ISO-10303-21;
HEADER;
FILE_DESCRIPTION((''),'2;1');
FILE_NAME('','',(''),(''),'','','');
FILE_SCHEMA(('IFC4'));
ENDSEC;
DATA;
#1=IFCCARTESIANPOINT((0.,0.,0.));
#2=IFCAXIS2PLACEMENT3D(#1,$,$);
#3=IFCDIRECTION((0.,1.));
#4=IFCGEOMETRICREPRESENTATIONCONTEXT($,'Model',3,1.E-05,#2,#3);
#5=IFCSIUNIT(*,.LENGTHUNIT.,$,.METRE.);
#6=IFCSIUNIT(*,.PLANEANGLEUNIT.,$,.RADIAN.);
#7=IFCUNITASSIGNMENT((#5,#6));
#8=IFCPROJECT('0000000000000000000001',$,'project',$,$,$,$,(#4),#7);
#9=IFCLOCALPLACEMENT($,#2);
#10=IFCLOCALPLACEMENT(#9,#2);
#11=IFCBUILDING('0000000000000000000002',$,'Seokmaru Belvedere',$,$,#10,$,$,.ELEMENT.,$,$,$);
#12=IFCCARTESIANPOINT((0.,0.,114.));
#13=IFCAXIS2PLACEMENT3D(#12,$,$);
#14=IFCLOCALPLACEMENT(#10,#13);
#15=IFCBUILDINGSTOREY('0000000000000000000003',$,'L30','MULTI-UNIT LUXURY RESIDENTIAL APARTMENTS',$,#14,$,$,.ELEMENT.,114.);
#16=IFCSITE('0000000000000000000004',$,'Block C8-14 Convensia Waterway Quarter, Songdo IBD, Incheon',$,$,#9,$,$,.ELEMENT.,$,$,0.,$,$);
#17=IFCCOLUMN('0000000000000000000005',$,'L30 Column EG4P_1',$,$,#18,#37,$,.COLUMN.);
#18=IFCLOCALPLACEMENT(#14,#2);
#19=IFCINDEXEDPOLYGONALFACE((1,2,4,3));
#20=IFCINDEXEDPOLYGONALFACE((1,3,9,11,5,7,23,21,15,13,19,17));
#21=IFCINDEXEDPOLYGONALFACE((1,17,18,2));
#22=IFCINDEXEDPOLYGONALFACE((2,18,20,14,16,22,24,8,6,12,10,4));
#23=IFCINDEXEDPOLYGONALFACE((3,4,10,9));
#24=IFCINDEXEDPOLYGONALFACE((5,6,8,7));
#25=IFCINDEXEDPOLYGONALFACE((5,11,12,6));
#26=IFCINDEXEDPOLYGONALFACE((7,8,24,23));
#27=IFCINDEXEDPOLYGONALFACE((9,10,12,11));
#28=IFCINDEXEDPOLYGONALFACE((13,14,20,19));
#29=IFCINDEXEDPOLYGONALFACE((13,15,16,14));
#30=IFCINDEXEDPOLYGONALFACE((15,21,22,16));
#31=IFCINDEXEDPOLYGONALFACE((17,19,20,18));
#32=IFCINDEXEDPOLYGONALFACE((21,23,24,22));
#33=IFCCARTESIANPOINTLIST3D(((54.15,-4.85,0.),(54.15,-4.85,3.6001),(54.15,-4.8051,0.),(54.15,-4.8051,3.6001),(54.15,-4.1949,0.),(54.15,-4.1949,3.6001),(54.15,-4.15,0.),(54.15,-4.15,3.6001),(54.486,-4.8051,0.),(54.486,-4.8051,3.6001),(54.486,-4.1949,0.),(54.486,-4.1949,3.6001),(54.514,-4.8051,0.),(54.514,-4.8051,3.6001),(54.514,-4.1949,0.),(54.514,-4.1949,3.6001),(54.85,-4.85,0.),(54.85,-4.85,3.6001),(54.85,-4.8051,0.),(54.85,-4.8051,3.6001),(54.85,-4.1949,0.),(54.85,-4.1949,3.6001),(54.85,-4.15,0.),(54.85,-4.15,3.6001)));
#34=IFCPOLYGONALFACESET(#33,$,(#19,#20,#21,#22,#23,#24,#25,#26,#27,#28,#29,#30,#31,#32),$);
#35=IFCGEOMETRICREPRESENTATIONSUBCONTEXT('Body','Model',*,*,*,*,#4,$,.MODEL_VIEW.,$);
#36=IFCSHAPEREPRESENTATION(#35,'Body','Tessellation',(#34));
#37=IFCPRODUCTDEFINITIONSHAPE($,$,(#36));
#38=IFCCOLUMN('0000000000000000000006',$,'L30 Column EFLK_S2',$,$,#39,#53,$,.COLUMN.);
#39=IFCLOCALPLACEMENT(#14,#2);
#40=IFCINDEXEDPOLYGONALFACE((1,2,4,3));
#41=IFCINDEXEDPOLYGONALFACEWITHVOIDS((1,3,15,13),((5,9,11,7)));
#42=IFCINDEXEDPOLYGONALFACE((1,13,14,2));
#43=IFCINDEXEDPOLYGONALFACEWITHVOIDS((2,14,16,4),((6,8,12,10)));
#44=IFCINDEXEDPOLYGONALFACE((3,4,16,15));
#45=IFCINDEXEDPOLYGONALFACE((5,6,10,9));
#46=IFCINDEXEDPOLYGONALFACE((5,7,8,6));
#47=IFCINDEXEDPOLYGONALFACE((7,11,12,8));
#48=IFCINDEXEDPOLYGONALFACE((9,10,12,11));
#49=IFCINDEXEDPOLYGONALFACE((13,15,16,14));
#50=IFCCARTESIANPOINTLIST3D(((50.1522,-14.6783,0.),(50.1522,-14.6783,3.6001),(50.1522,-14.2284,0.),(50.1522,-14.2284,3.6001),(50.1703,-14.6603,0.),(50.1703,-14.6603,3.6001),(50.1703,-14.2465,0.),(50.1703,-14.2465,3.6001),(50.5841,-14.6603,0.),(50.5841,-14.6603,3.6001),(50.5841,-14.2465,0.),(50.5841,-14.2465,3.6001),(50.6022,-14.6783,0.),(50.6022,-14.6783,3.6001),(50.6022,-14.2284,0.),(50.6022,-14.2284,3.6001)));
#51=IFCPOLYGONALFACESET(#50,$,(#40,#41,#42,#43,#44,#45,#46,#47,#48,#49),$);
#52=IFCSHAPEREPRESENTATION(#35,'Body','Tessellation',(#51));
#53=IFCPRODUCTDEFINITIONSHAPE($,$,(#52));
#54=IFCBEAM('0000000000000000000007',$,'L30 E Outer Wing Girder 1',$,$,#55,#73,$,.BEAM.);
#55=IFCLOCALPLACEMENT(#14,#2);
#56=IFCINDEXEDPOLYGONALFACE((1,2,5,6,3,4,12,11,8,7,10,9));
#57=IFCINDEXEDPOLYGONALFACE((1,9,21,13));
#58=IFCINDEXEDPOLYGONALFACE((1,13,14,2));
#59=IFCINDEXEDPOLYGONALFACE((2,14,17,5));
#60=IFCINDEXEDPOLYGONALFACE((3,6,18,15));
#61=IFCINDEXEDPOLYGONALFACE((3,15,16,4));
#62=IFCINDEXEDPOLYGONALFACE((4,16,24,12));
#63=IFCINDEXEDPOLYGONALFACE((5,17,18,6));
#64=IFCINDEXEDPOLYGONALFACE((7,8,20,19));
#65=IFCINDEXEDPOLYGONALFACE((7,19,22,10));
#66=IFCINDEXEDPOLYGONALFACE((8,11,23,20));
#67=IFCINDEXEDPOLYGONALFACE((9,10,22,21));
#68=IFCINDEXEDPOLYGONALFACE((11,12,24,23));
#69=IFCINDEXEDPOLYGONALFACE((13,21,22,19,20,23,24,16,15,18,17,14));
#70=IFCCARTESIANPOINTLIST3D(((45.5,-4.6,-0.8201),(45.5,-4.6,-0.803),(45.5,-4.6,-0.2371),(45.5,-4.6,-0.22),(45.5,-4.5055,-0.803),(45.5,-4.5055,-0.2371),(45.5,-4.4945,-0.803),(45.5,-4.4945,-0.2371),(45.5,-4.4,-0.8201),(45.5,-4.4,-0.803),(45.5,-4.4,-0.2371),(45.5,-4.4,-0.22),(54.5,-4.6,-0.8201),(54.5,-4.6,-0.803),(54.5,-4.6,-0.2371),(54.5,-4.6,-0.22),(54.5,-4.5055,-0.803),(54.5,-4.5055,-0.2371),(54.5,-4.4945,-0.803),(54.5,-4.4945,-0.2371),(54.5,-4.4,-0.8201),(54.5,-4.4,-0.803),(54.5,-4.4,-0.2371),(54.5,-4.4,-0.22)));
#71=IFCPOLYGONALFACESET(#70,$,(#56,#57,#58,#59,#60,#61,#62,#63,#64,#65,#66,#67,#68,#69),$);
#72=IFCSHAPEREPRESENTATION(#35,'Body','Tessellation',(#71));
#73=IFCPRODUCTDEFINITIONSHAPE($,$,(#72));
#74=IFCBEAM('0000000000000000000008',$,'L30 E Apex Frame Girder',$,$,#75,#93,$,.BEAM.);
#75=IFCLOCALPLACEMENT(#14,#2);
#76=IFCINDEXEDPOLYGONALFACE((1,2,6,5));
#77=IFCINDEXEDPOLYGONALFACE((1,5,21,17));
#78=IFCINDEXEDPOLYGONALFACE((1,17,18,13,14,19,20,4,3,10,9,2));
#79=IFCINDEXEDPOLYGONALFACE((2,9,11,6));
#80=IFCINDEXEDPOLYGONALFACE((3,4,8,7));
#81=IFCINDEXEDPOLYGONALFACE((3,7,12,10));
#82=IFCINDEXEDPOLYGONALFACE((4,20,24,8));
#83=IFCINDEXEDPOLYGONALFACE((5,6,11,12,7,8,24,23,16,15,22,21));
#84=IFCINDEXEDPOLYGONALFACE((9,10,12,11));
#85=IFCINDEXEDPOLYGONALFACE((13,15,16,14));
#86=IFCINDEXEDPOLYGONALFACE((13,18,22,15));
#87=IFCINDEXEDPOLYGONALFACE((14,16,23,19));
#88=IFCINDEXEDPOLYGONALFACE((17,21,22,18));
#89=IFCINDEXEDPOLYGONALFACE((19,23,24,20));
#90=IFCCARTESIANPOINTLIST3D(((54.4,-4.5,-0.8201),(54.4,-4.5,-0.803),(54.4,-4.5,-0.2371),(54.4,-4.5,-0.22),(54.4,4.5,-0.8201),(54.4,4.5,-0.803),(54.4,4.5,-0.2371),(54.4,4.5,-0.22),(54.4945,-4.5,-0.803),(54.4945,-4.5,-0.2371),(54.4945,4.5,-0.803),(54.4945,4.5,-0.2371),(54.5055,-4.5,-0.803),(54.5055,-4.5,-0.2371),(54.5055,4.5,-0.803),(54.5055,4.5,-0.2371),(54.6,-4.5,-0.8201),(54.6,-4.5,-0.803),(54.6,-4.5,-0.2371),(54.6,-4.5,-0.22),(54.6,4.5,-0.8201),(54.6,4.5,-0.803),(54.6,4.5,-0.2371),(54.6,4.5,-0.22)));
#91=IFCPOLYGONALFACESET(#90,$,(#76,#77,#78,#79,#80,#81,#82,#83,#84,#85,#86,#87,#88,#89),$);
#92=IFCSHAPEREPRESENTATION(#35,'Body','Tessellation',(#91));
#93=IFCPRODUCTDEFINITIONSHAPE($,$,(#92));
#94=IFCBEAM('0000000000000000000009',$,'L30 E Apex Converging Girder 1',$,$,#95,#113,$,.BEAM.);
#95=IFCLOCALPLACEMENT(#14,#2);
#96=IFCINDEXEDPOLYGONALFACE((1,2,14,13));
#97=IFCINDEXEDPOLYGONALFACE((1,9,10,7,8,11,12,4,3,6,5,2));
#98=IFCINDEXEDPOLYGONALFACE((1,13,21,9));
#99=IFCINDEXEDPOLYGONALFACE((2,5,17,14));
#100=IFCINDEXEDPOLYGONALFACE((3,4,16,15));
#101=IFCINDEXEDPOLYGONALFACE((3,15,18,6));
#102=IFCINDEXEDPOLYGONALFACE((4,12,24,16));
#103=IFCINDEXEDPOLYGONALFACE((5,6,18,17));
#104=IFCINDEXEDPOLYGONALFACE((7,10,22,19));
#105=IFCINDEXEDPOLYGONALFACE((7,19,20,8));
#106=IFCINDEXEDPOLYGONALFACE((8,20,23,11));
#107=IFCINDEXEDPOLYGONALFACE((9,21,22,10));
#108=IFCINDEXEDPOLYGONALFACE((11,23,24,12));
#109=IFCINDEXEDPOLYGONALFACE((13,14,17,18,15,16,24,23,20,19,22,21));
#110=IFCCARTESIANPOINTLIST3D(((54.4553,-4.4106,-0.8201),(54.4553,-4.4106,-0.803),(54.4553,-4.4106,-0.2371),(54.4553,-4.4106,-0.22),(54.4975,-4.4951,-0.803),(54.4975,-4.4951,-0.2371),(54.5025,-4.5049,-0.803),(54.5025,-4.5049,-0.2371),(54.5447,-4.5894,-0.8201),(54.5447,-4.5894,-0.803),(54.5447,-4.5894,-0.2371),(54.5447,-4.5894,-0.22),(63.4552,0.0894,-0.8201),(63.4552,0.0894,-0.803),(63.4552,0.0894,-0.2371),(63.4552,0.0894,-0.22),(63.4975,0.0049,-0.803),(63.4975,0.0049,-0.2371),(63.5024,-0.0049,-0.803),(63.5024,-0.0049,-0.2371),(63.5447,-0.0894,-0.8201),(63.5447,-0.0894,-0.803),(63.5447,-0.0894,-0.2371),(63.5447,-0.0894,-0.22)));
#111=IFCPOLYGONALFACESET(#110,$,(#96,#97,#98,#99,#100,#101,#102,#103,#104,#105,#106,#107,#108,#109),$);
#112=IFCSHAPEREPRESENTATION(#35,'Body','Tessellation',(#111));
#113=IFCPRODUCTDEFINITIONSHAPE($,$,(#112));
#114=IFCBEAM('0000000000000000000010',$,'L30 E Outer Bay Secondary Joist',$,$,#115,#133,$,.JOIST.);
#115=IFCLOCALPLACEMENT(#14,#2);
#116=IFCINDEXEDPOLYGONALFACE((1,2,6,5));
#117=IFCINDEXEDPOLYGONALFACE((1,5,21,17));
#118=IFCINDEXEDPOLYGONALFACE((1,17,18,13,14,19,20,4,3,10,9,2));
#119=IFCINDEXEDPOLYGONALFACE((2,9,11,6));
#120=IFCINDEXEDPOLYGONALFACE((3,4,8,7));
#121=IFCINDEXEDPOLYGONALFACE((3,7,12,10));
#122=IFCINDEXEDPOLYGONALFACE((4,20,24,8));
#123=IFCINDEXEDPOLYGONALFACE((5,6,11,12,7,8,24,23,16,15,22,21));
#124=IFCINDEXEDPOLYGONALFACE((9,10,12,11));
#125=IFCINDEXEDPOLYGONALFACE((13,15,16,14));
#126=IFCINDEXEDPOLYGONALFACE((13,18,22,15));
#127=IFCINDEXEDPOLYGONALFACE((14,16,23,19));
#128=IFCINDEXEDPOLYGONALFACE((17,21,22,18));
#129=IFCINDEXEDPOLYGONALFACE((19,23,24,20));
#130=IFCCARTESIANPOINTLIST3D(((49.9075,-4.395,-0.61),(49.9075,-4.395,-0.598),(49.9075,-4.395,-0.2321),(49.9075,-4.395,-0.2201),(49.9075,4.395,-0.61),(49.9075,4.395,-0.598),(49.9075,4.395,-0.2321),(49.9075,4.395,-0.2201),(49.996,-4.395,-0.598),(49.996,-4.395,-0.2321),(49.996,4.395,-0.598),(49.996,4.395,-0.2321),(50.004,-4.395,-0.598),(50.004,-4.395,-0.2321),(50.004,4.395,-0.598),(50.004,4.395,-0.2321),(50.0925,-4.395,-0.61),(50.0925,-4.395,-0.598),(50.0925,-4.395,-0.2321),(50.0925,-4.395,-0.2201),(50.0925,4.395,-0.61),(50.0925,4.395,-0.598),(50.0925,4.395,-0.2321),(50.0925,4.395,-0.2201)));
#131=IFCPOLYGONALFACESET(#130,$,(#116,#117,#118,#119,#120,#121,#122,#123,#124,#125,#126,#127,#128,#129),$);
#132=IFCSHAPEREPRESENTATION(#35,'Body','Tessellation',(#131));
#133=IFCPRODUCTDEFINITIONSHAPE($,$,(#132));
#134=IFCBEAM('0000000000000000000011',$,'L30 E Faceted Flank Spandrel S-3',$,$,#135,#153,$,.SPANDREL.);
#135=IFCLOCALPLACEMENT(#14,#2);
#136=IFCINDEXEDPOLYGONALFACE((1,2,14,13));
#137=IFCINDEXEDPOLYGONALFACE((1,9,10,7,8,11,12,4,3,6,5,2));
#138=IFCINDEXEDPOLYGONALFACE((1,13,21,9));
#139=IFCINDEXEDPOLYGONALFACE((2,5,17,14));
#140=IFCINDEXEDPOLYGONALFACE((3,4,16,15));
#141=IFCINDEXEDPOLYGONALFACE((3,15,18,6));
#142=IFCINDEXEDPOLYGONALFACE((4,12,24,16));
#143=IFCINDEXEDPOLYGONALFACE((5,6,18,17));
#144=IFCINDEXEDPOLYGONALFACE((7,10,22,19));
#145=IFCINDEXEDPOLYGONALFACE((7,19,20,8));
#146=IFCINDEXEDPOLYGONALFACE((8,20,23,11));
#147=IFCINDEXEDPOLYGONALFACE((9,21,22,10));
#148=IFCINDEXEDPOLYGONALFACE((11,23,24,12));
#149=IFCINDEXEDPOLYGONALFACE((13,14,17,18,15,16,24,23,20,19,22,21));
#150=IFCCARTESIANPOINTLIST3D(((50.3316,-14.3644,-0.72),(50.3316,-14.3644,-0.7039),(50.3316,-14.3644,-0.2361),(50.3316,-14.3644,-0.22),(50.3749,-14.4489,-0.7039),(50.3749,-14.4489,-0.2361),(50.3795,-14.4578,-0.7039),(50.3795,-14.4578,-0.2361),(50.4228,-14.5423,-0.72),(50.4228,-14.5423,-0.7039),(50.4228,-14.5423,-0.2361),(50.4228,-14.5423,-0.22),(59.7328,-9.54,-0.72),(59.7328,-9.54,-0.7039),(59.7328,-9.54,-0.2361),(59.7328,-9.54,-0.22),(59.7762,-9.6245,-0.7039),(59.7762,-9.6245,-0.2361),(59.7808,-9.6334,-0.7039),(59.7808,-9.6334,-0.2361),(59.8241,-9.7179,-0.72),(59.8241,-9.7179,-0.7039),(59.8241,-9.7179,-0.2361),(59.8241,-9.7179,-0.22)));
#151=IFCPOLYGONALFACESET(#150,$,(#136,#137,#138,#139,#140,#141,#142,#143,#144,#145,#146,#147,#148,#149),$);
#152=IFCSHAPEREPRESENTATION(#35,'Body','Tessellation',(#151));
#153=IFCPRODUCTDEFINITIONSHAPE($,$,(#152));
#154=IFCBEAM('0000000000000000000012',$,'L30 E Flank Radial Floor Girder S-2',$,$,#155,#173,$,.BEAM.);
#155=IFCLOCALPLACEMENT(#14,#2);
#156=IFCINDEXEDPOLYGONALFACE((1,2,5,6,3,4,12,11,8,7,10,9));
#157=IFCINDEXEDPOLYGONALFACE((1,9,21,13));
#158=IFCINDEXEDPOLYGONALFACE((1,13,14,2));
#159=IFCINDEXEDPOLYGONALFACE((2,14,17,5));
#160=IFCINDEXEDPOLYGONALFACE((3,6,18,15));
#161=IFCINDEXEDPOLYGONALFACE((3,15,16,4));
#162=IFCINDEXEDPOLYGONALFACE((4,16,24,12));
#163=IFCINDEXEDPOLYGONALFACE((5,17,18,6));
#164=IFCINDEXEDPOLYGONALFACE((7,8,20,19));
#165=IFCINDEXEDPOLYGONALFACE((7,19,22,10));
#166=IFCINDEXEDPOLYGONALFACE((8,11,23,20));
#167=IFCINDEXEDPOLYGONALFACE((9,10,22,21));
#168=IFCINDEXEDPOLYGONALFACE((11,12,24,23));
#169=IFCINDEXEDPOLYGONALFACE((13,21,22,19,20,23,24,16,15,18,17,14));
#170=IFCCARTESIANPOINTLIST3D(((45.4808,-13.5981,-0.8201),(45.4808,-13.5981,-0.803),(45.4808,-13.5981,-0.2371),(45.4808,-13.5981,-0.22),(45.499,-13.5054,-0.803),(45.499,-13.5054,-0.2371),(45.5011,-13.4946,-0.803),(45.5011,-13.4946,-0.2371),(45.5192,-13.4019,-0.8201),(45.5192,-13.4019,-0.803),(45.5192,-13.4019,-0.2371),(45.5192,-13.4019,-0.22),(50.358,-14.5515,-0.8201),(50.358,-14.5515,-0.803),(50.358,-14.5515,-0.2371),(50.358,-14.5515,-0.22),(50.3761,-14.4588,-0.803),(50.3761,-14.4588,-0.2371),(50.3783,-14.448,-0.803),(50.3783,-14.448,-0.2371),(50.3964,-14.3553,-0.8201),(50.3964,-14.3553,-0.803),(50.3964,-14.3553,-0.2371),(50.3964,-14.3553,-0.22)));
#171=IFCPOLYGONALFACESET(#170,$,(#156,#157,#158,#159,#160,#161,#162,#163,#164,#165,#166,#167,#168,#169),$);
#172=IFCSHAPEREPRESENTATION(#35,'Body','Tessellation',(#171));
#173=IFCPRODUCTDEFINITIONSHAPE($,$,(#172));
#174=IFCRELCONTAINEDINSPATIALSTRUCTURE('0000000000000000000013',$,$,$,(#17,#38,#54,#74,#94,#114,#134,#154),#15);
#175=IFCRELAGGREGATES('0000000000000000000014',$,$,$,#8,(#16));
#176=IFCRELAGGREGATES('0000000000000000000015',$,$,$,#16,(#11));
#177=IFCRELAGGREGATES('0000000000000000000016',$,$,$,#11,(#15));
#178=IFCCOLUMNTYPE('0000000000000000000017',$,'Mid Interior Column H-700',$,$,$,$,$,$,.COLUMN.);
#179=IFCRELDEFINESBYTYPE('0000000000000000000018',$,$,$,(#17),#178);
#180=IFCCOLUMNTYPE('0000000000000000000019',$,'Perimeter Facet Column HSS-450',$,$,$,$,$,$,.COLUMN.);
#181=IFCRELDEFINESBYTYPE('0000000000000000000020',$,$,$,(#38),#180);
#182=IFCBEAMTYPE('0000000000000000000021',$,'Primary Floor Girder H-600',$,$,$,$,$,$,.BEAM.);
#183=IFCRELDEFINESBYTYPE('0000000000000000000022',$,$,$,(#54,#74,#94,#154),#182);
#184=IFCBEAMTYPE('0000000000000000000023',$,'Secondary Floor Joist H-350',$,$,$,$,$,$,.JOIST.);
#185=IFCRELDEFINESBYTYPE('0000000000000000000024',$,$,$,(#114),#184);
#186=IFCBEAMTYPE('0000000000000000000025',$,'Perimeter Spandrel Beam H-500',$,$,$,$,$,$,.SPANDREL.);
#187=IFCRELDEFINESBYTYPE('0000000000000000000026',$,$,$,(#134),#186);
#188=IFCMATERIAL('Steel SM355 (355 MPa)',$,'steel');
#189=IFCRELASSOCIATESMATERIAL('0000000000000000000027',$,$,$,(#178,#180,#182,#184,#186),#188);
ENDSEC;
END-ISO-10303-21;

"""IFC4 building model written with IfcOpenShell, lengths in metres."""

from ifc_helpers import new_model, si_unit, direction, frame, origin, origin_2d, place, context, subcontext, project, spatial, hollow_rectangle, i_section, extrude, source, transform, mapped, material, material_profile, profile_set, type_object, type_shapes, element, save


model = new_model("IFC4")

# Units and contexts
model_context = context("Model", 3, precision=1e-05, world=origin(), true_north=direction((0.0, 1.0)))
body_context = subcontext(model_context, "Body", "Model", "MODEL_VIEW")
ifc_project = project(units=[si_unit("LENGTHUNIT", "METRE"), si_unit("PLANEANGLEUNIT", "RADIAN")], contexts=[model_context])

# Site, building, storey
site_placement = place(None, origin())
site = spatial("IfcSite", under=ifc_project, at=site_placement, Name="Block C8-14 Convensia Waterway Quarter, Songdo IBD, Incheon", CompositionType="ELEMENT", RefElevation=0.0)
building_placement = place(site_placement, origin())
building = spatial("IfcBuilding", under=site, at=building_placement, Name="Seokmaru Belvedere", CompositionType="ELEMENT")
storey_placement = place(building_placement, frame((0.0, 0.0, 114.0)))
storey = spatial("IfcBuildingStorey", under=building, at=storey_placement, Name="L30", Description="MULTI-UNIT LUXURY RESIDENTIAL APARTMENTS", CompositionType="ELEMENT", Elevation=114.0)

# Columns
ifc_material_1 = material(Name="Steel SM355 (355 MPa)", Category="steel")
ifc_material_profile_1 = material_profile(ifc_material_1, i_section(OverallWidth=0.7, OverallDepth=0.7, WebThickness=0.0281, FlangeThickness=0.0449, at=origin_2d()), Name="H-700x700x28x45")
ifc_profile_set_1 = profile_set([ifc_material_profile_1], Name="Steel SM355 (355 MPa)")
column_type_1 = type_object("IfcColumnType", Name="Mid Interior Column H-700", PredefinedType="COLUMN", material=ifc_profile_set_1)
shared_shape_1 = source(origin(), body_context, "Body", "SweptSolid", [
    extrude(i_section(OverallWidth=0.7, OverallDepth=0.7, WebThickness=0.0281, FlangeThickness=0.0449, at=origin_2d()), origin(), (0.0, 0.0, 1.0), 3.6001),
])
type_shapes(column_type_1, [shared_shape_1])
column_1_placement = place(storey_placement, frame((54.5, -4.5, 0.0), z_axis=(0.0, 0.0, 1.0), x_axis=(1.0, 0.0, 0.0)))
element("IfcColumn", 1, at=column_1_placement, inside=storey, type_object=column_type_1, Name="L30 Column EG4P_1", PredefinedType="COLUMN", context=body_context, shape_type="MappedRepresentation", body=[
    mapped(shared_shape_1, transform((0.0, 0.0, 0.0), scale=1.0)),
])
ifc_material_profile_2 = material_profile(ifc_material_1, hollow_rectangle(XDim=0.45, YDim=0.45, WallThickness=0.0181, at=origin_2d()), Name="HSS-450x450x18")
ifc_profile_set_2 = profile_set([ifc_material_profile_2], Name="Steel SM355 (355 MPa)")
column_type_2 = type_object("IfcColumnType", Name="Perimeter Facet Column HSS-450", PredefinedType="COLUMN", material=ifc_profile_set_2)
shared_shape_2 = source(origin(), body_context, "Body", "SweptSolid", [
    extrude(hollow_rectangle(XDim=0.45, YDim=0.45, WallThickness=0.0181, at=origin_2d()), origin(), (0.0, 0.0, 1.0), 3.6001),
])
type_shapes(column_type_2, [shared_shape_2])
column_2_placement = place(storey_placement, frame((50.3772, -14.4534, 0.0), z_axis=(0.0, 0.0, 1.0), x_axis=(1.0, 0.0, 0.0)))
element("IfcColumn", 2, at=column_2_placement, inside=storey, type_object=column_type_2, Name="L30 Column EFLK_S2", PredefinedType="COLUMN", context=body_context, shape_type="MappedRepresentation", body=[
    mapped(shared_shape_2, transform((0.0, 0.0, 0.0), scale=1.0)),
])

# Beams
ifc_material_profile_3 = material_profile(ifc_material_1, i_section(OverallWidth=0.2, OverallDepth=0.6001, WebThickness=0.011, FlangeThickness=0.0171, at=origin_2d()), Name="H-600x200x11x17")
ifc_profile_set_3 = profile_set([ifc_material_profile_3], Name="Steel SM355 (355 MPa)")
beam_type_1 = type_object("IfcBeamType", Name="Primary Floor Girder H-600", PredefinedType="BEAM", material=ifc_profile_set_3)
shared_shape_3 = source(origin(), body_context, "Body", "SweptSolid", [
    extrude(i_section(OverallWidth=0.2, OverallDepth=0.6001, WebThickness=0.011, FlangeThickness=0.0171, at=origin_2d()), origin(), (0.0, 0.0, 1.0), 9.0),
])
for number, where, z_axis, x_axis, name in (
    (3, (45.5, -4.5, -0.52), (1.0, 0.0, 0.0), (0.0, 1.0, 0.0), "L30 E Outer Wing Girder 1"),
    (4, (54.5, -4.5, -0.52), (0.0, 1.0, 0.0), (-1.0, 0.0, 0.0), "L30 E Apex Frame Girder"),
):
    element("IfcBeam", number, at=place(storey_placement, frame(where, z_axis=z_axis, x_axis=x_axis)), inside=storey, type_object=beam_type_1, Name=name, PredefinedType="BEAM", context=body_context, shape_type="MappedRepresentation", body=[
        mapped(shared_shape_3, transform((0.0, 0.0, 0.0), scale=1.0)),
    ])
shared_shape_4 = source(origin(), body_context, "Body", "SweptSolid", [
    extrude(i_section(OverallWidth=0.2, OverallDepth=0.6001, WebThickness=0.011, FlangeThickness=0.0171, at=origin_2d()), origin(), (0.0, 0.0, 1.0), 10.0623),
])
beam_1_placement = place(storey_placement, frame((54.5, -4.5, -0.52), z_axis=(0.894427, 0.447214, 0.0), x_axis=(-0.447214, 0.894427, 0.0)))
element("IfcBeam", 5, at=beam_1_placement, inside=storey, type_object=beam_type_1, Name="L30 E Apex Converging Girder 1", PredefinedType="BEAM", context=body_context, shape_type="MappedRepresentation", body=[
    mapped(shared_shape_4, transform((0.0, 0.0, 0.0), scale=1.0)),
])
ifc_material_profile_4 = material_profile(ifc_material_1, i_section(OverallWidth=0.1851, OverallDepth=0.3899, WebThickness=0.0081, FlangeThickness=0.012, at=origin_2d()), Name="H-390x185x8x12")
ifc_profile_set_4 = profile_set([ifc_material_profile_4], Name="Steel SM355 (355 MPa)")
beam_type_2 = type_object("IfcBeamType", Name="Secondary Floor Joist H-350", PredefinedType="JOIST", material=ifc_profile_set_4)
shared_shape_5 = source(origin(), body_context, "Body", "SweptSolid", [
    extrude(i_section(OverallWidth=0.1851, OverallDepth=0.3899, WebThickness=0.0081, FlangeThickness=0.012, at=origin_2d()), origin(), (0.0, 0.0, 1.0), 8.79),
])
type_shapes(beam_type_2, [shared_shape_5])
beam_2_placement = place(storey_placement, frame((50.0, -4.395, -0.415), z_axis=(0.0, 1.0, 0.0), x_axis=(-1.0, 0.0, 0.0)))
element("IfcBeam", 6, at=beam_2_placement, inside=storey, type_object=beam_type_2, Name="L30 E Outer Bay Secondary Joist", PredefinedType="JOIST", context=body_context, shape_type="MappedRepresentation", body=[
    mapped(shared_shape_5, transform((0.0, 0.0, 0.0), scale=1.0)),
])
ifc_material_profile_5 = material_profile(ifc_material_1, i_section(OverallWidth=0.2, OverallDepth=0.5, WebThickness=0.01, FlangeThickness=0.0161, at=origin_2d()), Name="H-500x200x10x16")
ifc_profile_set_5 = profile_set([ifc_material_profile_5], Name="Steel SM355 (355 MPa)")
beam_type_3 = type_object("IfcBeamType", Name="Perimeter Spandrel Beam H-500", PredefinedType="SPANDREL", material=ifc_profile_set_5)
shared_shape_6 = source(origin(), body_context, "Body", "SweptSolid", [
    extrude(i_section(OverallWidth=0.2, OverallDepth=0.5, WebThickness=0.01, FlangeThickness=0.0161, at=origin_2d()), origin(), (0.0, 0.0, 1.0), 10.5669),
])
type_shapes(beam_type_3, [shared_shape_6])
beam_3_placement = place(storey_placement, frame((50.3772, -14.4534, -0.47), z_axis=(0.889693, 0.45656, 0.0), x_axis=(-0.45656, 0.889693, 0.0)))
element("IfcBeam", 7, at=beam_3_placement, inside=storey, type_object=beam_type_3, Name="L30 E Faceted Flank Spandrel S-3", PredefinedType="SPANDREL", context=body_context, shape_type="MappedRepresentation", body=[
    mapped(shared_shape_6, transform((0.0, 0.0, 0.0), scale=1.0)),
])
shared_shape_7 = source(origin(), body_context, "Body", "SweptSolid", [
    extrude(i_section(OverallWidth=0.2, OverallDepth=0.6001, WebThickness=0.011, FlangeThickness=0.0171, at=origin_2d()), origin(), (0.0, 0.0, 1.0), 4.9695),
])
type_shapes(beam_type_1, [shared_shape_3, shared_shape_4, shared_shape_7])
beam_4_placement = place(storey_placement, frame((50.3772, -14.4534, -0.52), z_axis=(-0.981425, 0.191844, 0.0), x_axis=(-0.191844, -0.981425, 0.0)))
element("IfcBeam", 8, at=beam_4_placement, inside=storey, type_object=beam_type_1, Name="L30 E Flank Radial Floor Girder S-2", PredefinedType="BEAM", context=body_context, shape_type="MappedRepresentation", body=[
    mapped(shared_shape_7, transform((0.0, 0.0, 0.0), scale=1.0)),
])

save(model, "model.ifc")
